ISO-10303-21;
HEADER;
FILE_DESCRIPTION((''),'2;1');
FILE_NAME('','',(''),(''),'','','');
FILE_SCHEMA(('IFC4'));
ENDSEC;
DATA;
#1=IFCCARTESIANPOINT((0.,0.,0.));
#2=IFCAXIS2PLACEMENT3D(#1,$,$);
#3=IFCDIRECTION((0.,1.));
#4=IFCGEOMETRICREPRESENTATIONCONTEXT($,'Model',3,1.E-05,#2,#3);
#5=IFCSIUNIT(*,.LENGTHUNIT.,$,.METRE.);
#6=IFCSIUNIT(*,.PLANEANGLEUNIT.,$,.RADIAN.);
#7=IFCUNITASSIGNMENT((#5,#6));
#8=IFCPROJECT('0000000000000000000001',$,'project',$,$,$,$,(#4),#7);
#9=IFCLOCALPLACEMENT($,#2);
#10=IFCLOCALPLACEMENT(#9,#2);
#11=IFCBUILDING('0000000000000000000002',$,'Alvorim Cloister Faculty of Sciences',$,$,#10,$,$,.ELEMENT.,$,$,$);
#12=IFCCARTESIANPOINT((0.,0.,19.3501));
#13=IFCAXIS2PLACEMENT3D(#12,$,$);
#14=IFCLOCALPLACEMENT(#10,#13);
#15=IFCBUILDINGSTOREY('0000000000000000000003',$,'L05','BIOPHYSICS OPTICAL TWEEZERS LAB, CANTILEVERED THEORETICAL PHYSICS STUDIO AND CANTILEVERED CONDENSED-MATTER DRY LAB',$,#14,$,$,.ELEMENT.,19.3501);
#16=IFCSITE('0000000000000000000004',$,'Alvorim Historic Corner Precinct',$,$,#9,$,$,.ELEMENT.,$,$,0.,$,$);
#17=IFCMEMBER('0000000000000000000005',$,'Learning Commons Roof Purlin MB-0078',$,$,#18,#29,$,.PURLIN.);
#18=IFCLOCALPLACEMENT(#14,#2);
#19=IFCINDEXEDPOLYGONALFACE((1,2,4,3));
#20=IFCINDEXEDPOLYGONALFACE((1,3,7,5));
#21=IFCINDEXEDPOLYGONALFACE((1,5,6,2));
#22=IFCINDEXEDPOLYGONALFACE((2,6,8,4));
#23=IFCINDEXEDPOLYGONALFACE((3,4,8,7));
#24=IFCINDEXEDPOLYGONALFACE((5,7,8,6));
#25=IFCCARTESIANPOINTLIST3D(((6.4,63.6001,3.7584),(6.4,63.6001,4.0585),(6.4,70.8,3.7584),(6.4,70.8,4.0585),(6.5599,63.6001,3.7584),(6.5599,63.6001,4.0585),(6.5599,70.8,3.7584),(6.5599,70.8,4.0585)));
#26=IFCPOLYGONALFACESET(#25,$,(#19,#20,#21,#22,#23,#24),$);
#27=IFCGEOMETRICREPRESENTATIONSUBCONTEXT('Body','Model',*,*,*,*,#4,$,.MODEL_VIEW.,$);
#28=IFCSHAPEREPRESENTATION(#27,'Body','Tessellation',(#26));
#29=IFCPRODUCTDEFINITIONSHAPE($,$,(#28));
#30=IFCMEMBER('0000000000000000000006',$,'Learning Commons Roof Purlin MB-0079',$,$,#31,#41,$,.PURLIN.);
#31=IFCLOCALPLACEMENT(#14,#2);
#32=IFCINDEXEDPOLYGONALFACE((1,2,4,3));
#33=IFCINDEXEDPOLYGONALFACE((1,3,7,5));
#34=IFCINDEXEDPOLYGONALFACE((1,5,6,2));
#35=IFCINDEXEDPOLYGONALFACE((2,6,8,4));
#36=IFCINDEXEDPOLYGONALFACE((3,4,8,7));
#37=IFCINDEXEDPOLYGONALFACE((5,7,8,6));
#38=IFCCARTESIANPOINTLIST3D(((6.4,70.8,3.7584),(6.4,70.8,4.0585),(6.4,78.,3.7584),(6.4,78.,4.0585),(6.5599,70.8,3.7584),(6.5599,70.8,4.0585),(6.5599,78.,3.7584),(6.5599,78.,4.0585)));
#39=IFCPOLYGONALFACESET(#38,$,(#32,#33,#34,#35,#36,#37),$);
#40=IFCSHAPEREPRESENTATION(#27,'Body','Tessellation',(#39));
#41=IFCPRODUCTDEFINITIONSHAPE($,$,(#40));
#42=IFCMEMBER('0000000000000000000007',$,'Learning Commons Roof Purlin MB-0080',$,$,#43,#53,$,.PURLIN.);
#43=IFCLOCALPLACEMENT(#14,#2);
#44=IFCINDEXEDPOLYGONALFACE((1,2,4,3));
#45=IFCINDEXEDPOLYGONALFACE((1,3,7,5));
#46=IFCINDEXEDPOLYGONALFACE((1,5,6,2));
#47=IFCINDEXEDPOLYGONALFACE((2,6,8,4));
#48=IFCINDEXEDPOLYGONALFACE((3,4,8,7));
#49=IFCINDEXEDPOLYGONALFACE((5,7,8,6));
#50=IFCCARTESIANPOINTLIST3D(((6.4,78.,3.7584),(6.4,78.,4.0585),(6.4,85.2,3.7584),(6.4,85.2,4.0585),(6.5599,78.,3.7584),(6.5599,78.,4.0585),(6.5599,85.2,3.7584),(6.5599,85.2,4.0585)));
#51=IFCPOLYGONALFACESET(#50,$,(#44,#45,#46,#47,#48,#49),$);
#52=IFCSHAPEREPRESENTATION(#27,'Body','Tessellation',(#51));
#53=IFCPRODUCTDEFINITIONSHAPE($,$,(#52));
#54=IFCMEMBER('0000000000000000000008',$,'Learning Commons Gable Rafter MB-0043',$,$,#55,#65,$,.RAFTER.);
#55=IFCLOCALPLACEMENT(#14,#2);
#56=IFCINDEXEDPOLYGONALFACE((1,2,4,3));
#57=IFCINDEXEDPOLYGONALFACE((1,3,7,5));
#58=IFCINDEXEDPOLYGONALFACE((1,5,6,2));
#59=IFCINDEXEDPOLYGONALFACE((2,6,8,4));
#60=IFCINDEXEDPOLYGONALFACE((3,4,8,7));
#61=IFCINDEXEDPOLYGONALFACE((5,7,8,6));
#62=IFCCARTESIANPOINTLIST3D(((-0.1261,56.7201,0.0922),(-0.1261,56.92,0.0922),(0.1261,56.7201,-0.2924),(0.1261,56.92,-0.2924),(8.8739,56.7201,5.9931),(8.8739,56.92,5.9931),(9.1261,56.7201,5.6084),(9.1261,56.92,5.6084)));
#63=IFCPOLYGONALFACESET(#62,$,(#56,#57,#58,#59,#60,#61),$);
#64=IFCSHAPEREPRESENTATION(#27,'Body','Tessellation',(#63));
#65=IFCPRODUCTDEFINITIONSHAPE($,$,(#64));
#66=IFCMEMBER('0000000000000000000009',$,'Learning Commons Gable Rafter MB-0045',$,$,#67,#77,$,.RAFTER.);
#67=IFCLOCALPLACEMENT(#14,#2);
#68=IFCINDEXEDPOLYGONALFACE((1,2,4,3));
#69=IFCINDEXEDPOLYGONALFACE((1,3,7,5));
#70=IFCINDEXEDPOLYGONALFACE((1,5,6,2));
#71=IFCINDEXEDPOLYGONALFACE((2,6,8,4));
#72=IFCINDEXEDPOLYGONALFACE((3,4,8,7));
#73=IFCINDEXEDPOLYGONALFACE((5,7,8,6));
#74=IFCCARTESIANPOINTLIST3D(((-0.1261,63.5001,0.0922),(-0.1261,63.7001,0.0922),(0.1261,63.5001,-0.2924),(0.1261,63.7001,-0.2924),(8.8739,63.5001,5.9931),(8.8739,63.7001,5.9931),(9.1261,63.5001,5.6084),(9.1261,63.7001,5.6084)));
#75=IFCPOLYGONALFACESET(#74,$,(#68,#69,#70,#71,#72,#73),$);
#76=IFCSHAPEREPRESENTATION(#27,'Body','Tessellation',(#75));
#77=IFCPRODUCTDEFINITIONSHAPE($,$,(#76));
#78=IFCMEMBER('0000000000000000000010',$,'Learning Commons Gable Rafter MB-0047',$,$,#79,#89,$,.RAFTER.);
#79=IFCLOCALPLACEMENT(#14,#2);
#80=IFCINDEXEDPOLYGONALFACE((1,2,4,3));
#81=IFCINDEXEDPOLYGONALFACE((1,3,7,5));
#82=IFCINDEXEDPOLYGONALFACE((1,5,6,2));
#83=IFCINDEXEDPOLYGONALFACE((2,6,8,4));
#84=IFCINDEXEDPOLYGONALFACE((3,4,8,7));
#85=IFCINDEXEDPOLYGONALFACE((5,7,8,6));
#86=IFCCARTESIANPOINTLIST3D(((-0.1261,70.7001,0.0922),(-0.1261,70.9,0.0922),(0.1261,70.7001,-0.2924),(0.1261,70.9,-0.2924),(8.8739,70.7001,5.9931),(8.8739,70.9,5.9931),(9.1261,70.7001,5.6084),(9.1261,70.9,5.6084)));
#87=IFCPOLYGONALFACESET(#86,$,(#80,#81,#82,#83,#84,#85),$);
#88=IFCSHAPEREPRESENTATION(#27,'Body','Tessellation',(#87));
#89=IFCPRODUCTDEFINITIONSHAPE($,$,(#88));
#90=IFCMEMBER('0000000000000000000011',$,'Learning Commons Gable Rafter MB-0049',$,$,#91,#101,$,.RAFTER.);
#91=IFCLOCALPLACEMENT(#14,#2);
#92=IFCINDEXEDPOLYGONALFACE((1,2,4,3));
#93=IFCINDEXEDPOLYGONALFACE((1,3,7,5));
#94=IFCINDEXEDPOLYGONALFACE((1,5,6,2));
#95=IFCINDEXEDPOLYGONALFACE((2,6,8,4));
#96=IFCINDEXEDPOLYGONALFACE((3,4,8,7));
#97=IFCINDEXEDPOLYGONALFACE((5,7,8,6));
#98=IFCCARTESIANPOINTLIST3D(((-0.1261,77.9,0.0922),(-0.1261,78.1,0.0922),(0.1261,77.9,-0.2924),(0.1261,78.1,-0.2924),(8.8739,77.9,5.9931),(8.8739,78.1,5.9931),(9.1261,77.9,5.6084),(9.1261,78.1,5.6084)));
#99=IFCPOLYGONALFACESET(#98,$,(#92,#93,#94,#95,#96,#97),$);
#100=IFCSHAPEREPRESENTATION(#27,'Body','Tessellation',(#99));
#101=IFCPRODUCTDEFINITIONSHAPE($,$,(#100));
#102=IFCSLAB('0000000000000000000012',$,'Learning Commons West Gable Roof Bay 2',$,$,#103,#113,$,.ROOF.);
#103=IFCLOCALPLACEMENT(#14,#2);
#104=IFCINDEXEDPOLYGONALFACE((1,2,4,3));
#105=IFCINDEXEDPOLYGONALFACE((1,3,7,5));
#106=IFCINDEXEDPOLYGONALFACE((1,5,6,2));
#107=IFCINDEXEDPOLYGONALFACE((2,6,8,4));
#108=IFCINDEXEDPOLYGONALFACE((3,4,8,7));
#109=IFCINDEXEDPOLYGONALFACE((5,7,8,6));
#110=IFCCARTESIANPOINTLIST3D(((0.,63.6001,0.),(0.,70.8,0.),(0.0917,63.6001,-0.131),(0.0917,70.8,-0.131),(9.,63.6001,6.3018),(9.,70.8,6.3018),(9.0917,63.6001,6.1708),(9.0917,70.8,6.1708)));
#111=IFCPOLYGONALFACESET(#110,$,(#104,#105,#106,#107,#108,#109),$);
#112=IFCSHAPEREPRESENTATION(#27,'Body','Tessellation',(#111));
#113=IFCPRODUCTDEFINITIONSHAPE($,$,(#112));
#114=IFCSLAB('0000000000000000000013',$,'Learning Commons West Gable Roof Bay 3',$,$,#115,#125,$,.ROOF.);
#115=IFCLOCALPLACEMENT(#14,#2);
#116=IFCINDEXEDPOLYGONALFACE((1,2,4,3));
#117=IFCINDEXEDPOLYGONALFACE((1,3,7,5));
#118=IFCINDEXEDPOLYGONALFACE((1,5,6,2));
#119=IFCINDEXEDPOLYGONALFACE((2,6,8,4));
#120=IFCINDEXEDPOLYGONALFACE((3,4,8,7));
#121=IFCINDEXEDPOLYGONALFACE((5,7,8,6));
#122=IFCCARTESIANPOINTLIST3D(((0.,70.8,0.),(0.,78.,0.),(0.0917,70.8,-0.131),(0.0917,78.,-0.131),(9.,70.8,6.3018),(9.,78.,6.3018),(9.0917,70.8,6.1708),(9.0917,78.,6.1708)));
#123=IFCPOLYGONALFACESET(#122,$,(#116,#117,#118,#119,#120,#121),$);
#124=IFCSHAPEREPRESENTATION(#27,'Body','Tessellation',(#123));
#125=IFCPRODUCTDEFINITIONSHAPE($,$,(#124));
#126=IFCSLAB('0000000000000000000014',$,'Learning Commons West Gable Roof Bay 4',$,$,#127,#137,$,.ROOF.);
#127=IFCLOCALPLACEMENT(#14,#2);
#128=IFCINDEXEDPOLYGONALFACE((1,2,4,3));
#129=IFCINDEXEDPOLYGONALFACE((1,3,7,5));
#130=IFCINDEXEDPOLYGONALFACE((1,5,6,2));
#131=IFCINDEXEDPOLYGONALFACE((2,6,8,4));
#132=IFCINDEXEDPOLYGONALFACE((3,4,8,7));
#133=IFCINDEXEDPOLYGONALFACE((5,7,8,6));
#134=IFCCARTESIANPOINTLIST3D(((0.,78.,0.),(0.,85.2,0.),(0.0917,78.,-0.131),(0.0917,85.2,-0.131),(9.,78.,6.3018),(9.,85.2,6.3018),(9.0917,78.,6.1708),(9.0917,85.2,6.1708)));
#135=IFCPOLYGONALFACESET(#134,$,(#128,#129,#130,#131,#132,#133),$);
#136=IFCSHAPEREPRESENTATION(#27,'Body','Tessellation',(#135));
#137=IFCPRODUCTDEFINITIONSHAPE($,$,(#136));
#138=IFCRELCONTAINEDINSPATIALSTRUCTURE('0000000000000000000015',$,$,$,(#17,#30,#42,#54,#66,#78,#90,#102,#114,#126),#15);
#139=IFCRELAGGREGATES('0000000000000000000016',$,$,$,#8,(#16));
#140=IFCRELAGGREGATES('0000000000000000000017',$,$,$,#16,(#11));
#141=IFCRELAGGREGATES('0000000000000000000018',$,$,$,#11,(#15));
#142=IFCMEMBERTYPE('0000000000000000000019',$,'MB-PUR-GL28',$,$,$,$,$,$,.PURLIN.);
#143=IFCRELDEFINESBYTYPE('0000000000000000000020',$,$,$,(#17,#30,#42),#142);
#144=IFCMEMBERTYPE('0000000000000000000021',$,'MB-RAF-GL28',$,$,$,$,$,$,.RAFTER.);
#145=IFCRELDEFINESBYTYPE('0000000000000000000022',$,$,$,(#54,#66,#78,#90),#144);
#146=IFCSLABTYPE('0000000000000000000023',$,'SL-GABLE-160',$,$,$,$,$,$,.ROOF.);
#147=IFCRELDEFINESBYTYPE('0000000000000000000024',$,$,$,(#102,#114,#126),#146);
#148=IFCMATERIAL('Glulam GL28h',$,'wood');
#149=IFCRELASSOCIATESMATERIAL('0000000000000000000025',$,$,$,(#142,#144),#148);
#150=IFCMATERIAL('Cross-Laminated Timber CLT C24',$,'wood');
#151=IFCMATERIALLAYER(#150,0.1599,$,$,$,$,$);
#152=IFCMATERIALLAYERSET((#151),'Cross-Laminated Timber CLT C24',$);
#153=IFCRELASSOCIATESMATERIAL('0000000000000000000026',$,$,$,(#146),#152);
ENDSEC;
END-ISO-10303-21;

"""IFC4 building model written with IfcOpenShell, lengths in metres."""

from ifc_helpers import new_model, si_unit, direction, frame, origin, origin_2d, place, context, subcontext, project, spatial, polyline, rectangle, outline, extrude, material, layer, layer_set, material_profile, profile_set, type_object, element, save


model = new_model("IFC4")

# Units and contexts
model_context = context("Model", 3, precision=1e-05, world=origin(), true_north=direction((0.0, 1.0)))
body_context = subcontext(model_context, "Body", "Model", "MODEL_VIEW")
ifc_project = project(units=[si_unit("LENGTHUNIT", "METRE"), si_unit("PLANEANGLEUNIT", "RADIAN")], contexts=[model_context])

# Site, building, storey
site_placement = place(None, origin())
site = spatial("IfcSite", under=ifc_project, at=site_placement, Name="Alvorim Historic Corner Precinct", CompositionType="ELEMENT", RefElevation=0.0)
building_placement = place(site_placement, origin())
building = spatial("IfcBuilding", under=site, at=building_placement, Name="Alvorim Cloister Faculty of Sciences", CompositionType="ELEMENT")
storey_placement = place(building_placement, frame((0.0, 0.0, 19.3501)))
storey = spatial("IfcBuildingStorey", under=building, at=storey_placement, Name="L05", Description="BIOPHYSICS OPTICAL TWEEZERS LAB, CANTILEVERED THEORETICAL PHYSICS STUDIO AND CANTILEVERED CONDENSED-MATTER DRY LAB", CompositionType="ELEMENT", Elevation=19.3501)

# Shared definitions
ifc_material_1 = material(Name="Glulam GL28h", Category="wood")

# Members
ifc_material_profile_1 = material_profile(ifc_material_1, rectangle(XDim=0.1599, YDim=0.3, at=origin_2d()), Name="GL28-PUR-160x300")
ifc_profile_set_1 = profile_set([ifc_material_profile_1], Name="Glulam GL28h")
member_type_1 = type_object("IfcMemberType", Name="MB-PUR-GL28", PredefinedType="PURLIN", material=ifc_profile_set_1)
for number, where, z_axis, x_axis, name in (
    (1, (6.48, 63.6001, 3.9084), (0.0, 1.0, 0.0), (-1.0, 0.0, 0.0), "Learning Commons Roof Purlin MB-0078"),
    (2, (6.48, 70.8, 3.9084), (0.0, 1.0, 0.0), (-1.0, 0.0, 0.0), "Learning Commons Roof Purlin MB-0079"),
    (3, (6.48, 78.0, 3.9084), (0.0, 1.0, 0.0), (-1.0, 0.0, 0.0), "Learning Commons Roof Purlin MB-0080"),
):
    element("IfcMember", number, at=place(storey_placement, frame(where, z_axis=z_axis, x_axis=x_axis)), inside=storey, type_object=member_type_1, Name=name, PredefinedType="PURLIN", context=body_context, shape_type="SweptSolid", body=[
        extrude(rectangle(XDim=0.1599, YDim=0.3, at=origin_2d()), origin(), (0.0, 0.0, 1.0), 7.2),
    ])
ifc_material_profile_2 = material_profile(ifc_material_1, rectangle(XDim=0.2, YDim=0.46, at=origin_2d()), Name="GL28-RAF-200x460")
ifc_profile_set_2 = profile_set([ifc_material_profile_2], Name="Glulam GL28h")
member_type_2 = type_object("IfcMemberType", Name="MB-RAF-GL28", PredefinedType="RAFTER", material=ifc_profile_set_2)
for number, where, z_axis, x_axis, name in (
    (4, (0.0, 56.8201, -0.1001), (0.836277, 0.0, 0.548308), (0.0, 1.0, 0.0), "Learning Commons Gable Rafter MB-0043"),
    (5, (0.0, 63.6001, -0.1001), (0.836277, 0.0, 0.548308), (0.0, 1.0, 0.0), "Learning Commons Gable Rafter MB-0045"),
    (6, (0.0, 70.8, -0.1001), (0.836277, 0.0, 0.548308), (0.0, 1.0, 0.0), "Learning Commons Gable Rafter MB-0047"),
    (7, (0.0, 78.0, -0.1001), (0.836277, 0.0, 0.548308), (0.0, 1.0, 0.0), "Learning Commons Gable Rafter MB-0049"),
):
    element("IfcMember", number, at=place(storey_placement, frame(where, z_axis=z_axis, x_axis=x_axis)), inside=storey, type_object=member_type_2, Name=name, PredefinedType="RAFTER", context=body_context, shape_type="SweptSolid", body=[
        extrude(rectangle(XDim=0.2, YDim=0.46, at=origin_2d()), origin(), (0.0, 0.0, 1.0), 10.762),
    ])

# Slabs
ifc_material_2 = material(Name="Cross-Laminated Timber CLT C24", Category="wood")
ifc_layer_1 = layer(ifc_material_2, 0.1599)
ifc_layer_set_1 = layer_set([ifc_layer_1], Name="Cross-Laminated Timber CLT C24")
slab_type = type_object("IfcSlabType", Name="SL-GABLE-160", PredefinedType="ROOF", material=ifc_layer_set_1)
for number, where, z_axis, x_axis, name in (
    (8, (0.0, 63.6001, 0.0), (-0.57357, 0.0, 0.819157), (0.819157, 0.0, 0.57357), "Learning Commons West Gable Roof Bay 2"),
    (9, (0.0, 70.8, 0.0), (-0.57357, 0.0, 0.819157), (0.819157, 0.0, 0.57357), "Learning Commons West Gable Roof Bay 3"),
    (10, (0.0, 78.0, 0.0), (-0.57357, 0.0, 0.819157), (0.819157, 0.0, 0.57357), "Learning Commons West Gable Roof Bay 4"),
):
    element("IfcSlab", number, at=place(storey_placement, frame(where, z_axis=z_axis, x_axis=x_axis)), inside=storey, type_object=slab_type, Name=name, PredefinedType="ROOF", context=body_context, shape_type="SweptSolid", body=[
        extrude(outline(polyline([(0.0, 0.0), (10.9869, 0.0), (10.9869, 7.2), (0.0, 7.2), (0.0, 0.0)])), origin(), (0.0, 0.0, -1.0), 0.1599),
    ])

save(model, "model.ifc")
